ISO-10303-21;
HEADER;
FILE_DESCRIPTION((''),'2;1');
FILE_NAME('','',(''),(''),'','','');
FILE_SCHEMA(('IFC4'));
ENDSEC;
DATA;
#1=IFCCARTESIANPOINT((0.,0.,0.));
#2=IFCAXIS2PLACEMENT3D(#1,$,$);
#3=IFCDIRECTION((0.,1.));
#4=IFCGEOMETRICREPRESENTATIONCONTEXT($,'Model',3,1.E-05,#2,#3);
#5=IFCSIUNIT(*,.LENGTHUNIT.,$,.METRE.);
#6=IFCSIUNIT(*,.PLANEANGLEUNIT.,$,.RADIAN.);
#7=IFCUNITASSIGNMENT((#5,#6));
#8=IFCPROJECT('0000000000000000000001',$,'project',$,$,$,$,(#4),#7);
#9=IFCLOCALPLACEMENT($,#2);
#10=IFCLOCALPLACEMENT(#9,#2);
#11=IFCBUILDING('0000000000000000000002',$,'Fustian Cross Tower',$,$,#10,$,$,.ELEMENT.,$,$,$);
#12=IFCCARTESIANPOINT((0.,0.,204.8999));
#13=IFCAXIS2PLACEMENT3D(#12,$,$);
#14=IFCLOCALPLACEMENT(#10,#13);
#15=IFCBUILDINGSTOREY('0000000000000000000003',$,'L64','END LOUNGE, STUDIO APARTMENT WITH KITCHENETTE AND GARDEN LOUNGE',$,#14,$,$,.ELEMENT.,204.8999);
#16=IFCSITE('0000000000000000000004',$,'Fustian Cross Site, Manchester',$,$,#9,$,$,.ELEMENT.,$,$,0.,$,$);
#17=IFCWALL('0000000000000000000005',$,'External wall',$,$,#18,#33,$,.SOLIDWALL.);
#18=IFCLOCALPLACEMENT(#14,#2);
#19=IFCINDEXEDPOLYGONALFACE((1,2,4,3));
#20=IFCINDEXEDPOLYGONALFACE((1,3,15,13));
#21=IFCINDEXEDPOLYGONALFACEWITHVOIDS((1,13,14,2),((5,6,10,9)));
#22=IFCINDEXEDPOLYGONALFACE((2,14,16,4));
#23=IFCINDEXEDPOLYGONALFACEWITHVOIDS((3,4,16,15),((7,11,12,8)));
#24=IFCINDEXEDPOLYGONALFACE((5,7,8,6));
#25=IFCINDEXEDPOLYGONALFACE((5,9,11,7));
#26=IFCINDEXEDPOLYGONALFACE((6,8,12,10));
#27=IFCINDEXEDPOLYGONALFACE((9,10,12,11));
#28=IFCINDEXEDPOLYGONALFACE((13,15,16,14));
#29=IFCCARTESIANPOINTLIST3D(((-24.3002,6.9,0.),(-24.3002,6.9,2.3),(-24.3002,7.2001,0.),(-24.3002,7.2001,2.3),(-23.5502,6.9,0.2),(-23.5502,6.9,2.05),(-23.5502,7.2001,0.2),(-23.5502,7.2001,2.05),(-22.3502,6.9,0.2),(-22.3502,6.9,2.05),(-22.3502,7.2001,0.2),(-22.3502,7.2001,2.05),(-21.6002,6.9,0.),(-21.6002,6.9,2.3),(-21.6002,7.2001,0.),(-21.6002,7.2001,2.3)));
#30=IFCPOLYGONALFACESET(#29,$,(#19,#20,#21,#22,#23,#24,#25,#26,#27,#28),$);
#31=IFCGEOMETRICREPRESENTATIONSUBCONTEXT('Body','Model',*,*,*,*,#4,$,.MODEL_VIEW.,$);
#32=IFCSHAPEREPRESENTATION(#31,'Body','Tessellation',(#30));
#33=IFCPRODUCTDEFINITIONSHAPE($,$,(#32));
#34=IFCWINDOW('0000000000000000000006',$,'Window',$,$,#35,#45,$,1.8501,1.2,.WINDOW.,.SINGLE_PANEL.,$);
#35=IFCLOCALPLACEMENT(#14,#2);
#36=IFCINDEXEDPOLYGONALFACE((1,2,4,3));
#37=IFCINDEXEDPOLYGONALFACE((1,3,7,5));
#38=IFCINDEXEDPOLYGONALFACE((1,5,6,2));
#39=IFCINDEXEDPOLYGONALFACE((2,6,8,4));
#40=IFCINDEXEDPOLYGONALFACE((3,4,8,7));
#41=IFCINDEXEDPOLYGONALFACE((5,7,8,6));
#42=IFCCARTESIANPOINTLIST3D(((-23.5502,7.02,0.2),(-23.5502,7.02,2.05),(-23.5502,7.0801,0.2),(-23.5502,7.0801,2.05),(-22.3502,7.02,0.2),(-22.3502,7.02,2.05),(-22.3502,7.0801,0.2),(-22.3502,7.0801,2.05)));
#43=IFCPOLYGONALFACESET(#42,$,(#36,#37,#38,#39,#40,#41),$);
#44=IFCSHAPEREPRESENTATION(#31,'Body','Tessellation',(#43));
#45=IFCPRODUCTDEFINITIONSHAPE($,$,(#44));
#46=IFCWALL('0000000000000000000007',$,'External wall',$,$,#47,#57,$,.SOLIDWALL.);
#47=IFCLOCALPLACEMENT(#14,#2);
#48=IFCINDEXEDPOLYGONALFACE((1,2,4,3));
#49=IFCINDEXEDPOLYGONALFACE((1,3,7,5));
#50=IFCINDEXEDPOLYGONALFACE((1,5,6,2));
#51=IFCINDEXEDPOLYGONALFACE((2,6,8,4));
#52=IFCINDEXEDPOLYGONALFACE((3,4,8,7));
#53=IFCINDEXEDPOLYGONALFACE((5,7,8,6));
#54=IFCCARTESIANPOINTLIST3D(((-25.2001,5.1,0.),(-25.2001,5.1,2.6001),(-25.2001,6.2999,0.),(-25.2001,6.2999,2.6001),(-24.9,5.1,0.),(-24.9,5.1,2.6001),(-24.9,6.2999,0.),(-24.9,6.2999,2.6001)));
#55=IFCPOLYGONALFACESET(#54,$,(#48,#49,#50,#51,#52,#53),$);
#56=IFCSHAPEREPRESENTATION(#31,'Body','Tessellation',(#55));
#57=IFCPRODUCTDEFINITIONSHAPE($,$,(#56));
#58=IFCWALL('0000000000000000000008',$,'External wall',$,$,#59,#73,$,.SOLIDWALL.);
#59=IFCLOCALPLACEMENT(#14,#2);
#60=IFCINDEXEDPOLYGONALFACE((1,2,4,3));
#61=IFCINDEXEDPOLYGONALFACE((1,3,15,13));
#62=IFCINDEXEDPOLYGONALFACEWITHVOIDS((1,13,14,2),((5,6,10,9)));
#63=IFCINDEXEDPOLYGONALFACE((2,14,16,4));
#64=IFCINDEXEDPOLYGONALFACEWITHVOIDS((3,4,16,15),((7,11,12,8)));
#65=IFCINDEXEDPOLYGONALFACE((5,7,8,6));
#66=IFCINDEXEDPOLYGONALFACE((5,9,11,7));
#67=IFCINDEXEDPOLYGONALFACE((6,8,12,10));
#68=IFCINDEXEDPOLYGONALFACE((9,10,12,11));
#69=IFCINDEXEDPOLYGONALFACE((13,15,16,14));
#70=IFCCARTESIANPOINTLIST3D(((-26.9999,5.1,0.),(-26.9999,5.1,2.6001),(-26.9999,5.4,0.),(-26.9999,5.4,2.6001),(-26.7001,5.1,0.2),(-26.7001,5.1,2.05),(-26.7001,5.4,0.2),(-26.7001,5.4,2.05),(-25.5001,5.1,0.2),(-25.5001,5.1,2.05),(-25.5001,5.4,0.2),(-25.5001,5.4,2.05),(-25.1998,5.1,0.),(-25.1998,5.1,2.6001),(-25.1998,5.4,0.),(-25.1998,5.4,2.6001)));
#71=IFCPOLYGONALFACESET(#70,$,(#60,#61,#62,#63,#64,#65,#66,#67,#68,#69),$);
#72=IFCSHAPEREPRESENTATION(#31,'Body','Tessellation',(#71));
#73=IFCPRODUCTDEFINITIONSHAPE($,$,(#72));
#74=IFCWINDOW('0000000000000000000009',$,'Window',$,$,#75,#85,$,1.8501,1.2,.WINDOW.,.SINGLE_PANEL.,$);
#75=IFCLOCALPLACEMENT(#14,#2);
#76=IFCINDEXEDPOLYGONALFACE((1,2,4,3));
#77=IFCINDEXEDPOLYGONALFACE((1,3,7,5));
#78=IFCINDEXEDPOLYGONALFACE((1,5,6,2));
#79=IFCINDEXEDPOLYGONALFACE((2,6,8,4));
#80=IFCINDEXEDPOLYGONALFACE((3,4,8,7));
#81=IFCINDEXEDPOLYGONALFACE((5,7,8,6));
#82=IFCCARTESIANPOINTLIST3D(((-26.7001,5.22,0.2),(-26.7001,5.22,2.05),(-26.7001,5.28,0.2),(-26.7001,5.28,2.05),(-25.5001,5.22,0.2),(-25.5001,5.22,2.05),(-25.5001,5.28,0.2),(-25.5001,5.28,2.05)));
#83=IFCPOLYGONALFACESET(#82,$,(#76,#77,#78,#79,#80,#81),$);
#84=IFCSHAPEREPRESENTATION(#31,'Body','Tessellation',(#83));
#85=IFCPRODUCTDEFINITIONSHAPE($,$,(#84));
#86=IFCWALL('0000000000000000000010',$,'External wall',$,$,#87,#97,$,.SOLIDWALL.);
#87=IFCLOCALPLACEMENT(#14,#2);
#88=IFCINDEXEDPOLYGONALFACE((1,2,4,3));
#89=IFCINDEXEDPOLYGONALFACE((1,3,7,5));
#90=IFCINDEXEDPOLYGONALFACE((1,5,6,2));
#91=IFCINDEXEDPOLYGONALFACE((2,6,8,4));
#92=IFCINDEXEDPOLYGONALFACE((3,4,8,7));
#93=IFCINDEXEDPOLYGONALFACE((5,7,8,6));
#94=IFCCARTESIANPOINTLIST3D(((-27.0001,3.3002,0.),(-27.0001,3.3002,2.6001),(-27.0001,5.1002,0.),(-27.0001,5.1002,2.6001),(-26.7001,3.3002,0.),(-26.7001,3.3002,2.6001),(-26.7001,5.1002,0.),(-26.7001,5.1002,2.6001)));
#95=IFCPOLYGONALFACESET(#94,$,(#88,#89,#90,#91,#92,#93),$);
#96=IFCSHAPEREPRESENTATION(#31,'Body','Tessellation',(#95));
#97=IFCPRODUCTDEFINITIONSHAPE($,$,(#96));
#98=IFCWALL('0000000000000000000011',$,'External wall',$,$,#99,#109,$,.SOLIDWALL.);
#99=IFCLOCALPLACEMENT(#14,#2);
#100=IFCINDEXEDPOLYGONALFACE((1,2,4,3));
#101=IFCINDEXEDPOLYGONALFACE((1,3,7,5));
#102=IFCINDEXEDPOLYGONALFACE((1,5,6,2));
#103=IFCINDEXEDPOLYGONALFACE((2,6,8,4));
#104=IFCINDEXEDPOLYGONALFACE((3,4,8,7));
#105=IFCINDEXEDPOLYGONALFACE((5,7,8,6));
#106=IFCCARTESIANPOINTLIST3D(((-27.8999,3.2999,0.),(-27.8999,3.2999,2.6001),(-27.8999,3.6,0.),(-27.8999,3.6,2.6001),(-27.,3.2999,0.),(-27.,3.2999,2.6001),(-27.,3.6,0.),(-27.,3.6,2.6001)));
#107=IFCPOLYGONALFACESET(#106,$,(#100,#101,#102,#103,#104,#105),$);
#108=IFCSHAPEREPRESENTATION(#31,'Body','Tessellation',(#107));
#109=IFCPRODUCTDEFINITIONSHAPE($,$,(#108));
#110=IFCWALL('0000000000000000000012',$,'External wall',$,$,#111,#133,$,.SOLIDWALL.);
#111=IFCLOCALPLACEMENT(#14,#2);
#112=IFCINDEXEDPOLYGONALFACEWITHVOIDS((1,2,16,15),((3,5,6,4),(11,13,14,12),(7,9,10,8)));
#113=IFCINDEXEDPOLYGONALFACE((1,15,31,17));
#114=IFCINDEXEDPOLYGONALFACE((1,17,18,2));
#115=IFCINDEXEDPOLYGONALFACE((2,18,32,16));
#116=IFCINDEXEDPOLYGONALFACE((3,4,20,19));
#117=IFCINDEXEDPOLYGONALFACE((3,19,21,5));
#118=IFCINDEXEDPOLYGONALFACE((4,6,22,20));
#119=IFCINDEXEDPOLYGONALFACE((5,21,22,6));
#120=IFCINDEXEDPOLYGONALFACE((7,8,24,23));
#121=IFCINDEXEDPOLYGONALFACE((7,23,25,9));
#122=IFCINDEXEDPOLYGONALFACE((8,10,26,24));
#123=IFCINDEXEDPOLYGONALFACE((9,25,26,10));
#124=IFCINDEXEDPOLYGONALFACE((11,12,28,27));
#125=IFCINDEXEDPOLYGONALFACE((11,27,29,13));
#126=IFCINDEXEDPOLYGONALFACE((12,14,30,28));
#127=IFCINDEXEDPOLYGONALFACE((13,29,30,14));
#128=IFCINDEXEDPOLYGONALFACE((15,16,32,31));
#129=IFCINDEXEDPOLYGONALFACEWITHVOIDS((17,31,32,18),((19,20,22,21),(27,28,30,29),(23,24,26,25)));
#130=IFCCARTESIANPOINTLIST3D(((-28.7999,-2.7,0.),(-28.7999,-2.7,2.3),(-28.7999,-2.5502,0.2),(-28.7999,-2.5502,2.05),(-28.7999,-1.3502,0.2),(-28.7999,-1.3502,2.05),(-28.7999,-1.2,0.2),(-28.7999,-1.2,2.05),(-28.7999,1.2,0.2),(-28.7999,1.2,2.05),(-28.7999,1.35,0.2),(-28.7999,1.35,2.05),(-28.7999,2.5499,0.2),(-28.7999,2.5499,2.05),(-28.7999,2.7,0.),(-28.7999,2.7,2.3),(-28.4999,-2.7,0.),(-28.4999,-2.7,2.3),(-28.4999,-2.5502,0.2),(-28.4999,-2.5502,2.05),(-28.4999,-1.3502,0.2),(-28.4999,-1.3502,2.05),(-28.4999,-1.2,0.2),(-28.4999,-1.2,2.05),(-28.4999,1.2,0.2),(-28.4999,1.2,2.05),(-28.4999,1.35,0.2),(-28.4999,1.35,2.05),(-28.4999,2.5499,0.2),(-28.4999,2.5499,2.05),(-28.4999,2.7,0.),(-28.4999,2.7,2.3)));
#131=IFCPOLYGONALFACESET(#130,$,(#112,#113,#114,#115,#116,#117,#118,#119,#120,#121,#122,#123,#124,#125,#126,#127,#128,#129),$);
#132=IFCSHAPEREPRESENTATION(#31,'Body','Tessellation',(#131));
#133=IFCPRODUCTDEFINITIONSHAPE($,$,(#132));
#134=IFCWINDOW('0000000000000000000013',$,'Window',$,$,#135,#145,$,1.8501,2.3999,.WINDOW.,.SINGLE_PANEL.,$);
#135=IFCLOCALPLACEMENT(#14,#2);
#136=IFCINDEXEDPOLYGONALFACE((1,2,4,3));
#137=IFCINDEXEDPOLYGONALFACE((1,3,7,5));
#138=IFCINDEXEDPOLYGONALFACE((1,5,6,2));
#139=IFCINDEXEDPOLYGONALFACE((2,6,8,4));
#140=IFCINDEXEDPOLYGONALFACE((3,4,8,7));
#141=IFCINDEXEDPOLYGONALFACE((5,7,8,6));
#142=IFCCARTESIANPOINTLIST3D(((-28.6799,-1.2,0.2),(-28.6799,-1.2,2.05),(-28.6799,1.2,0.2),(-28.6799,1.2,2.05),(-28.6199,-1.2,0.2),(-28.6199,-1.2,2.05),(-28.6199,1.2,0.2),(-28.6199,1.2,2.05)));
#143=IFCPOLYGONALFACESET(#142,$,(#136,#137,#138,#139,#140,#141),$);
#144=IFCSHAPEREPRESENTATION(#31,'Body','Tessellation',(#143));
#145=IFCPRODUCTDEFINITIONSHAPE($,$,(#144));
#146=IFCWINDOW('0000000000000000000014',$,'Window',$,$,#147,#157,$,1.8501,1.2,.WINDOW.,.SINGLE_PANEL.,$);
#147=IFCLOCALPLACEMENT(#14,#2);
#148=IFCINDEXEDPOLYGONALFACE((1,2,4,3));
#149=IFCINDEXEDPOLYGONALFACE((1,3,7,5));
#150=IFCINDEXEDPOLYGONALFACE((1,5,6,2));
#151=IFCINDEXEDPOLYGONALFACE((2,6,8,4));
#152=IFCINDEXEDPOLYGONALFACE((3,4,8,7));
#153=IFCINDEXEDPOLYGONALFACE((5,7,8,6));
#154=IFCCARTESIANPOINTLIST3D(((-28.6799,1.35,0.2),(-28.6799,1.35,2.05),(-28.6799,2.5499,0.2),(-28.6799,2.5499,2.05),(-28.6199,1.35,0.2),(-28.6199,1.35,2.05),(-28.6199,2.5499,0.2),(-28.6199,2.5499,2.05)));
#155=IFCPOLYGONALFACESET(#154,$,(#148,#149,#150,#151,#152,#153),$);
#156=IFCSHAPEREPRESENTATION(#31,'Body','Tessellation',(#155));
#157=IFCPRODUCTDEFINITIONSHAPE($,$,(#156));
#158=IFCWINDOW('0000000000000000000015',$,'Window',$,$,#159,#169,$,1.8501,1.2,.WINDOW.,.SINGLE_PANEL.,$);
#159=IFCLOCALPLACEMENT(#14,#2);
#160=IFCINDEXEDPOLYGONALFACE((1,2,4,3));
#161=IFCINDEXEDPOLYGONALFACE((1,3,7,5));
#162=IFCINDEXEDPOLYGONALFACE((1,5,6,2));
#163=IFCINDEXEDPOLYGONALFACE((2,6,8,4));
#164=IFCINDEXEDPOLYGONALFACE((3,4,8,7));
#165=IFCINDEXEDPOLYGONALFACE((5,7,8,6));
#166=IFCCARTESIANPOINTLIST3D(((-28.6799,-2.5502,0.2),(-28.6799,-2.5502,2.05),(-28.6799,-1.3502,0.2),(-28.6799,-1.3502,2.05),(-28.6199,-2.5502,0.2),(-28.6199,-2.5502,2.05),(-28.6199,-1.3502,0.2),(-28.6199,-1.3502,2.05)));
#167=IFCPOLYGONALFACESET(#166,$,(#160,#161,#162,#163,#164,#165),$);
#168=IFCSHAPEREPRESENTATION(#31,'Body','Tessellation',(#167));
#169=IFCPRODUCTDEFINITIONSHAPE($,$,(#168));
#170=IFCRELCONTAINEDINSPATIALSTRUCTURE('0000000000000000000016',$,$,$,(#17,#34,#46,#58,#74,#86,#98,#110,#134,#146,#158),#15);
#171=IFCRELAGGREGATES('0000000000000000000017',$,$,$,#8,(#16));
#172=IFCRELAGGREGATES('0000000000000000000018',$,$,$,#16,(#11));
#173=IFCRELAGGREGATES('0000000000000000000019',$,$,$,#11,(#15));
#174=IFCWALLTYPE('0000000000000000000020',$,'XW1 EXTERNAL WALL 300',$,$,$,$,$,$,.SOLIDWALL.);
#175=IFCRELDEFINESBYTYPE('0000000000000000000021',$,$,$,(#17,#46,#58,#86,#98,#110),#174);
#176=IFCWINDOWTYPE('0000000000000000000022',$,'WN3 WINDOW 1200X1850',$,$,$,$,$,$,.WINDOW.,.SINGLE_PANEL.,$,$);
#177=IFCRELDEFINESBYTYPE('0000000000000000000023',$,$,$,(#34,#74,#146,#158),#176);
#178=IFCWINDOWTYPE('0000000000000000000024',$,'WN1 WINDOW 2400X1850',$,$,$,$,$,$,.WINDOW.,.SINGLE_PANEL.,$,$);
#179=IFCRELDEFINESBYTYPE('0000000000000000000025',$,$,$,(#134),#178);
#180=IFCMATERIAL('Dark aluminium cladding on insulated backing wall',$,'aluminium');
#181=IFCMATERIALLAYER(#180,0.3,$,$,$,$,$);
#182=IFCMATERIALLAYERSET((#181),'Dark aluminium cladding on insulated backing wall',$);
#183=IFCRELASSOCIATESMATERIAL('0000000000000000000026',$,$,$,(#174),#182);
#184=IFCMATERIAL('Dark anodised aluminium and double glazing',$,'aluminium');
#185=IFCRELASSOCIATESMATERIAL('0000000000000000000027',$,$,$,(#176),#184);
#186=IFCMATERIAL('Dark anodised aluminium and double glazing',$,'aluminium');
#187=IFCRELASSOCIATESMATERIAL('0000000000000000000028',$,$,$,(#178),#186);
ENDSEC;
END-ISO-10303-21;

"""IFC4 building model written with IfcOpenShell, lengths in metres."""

from ifc_helpers import new_model, si_unit, direction, frame, frame_2d, origin, place, context, subcontext, project, spatial, rectangle, extrude, material, layer, layer_set, type_object, element, fill, save


model = new_model("IFC4")

# Units and contexts
model_context = context("Model", 3, precision=1e-05, world=origin(), true_north=direction((0.0, 1.0)))
body_context = subcontext(model_context, "Body", "Model", "MODEL_VIEW")
ifc_project = project(units=[si_unit("LENGTHUNIT", "METRE"), si_unit("PLANEANGLEUNIT", "RADIAN")], contexts=[model_context])

# Site, building, storey
site_placement = place(None, origin())
site = spatial("IfcSite", under=ifc_project, at=site_placement, Name="Fustian Cross Site, Manchester", CompositionType="ELEMENT", RefElevation=0.0)
building_placement = place(site_placement, origin())
building = spatial("IfcBuilding", under=site, at=building_placement, Name="Fustian Cross Tower", CompositionType="ELEMENT")
storey_placement = place(building_placement, frame((0.0, 0.0, 204.8999)))
storey = spatial("IfcBuildingStorey", under=building, at=storey_placement, Name="L64", Description="END LOUNGE, STUDIO APARTMENT WITH KITCHENETTE AND GARDEN LOUNGE", CompositionType="ELEMENT", Elevation=204.8999)

# Wall, opening, window
ifc_material_1 = material(Name="Dark aluminium cladding on insulated backing wall", Category="aluminium")
ifc_layer_1 = layer(ifc_material_1, 0.3)
ifc_layer_set_1 = layer_set([ifc_layer_1], Name="Dark aluminium cladding on insulated backing wall")
wall_type_1 = type_object("IfcWallType", Name="XW1 EXTERNAL WALL 300", PredefinedType="SOLIDWALL", material=ifc_layer_set_1)
wall_1_placement = place(storey_placement, frame((-21.6001, 7.05, 0.0), z_axis=(0.0, 0.0, 1.0), x_axis=(-1.0, 0.0, 0.0)))
wall_1 = element("IfcWall", 1, at=wall_1_placement, inside=storey, type_object=wall_type_1, Name="External wall", PredefinedType="SOLIDWALL", context=body_context, shape_type="SweptSolid", body=[
    extrude(rectangle(XDim=2.7, YDim=0.3, at=frame_2d((1.3501, 0.0))), origin(), (0.0, 0.0, 1.0), 2.3),
])
opening_1_placement = place(wall_1_placement, frame((0.75, 0.0, 0.2)))
opening_1 = element("IfcOpeningElement", 2, at=opening_1_placement, cuts=wall_1, PredefinedType="OPENING", context=body_context, shape_type="SweptSolid", body=[
    extrude(rectangle(XDim=1.2, YDim=1.8501, at=frame_2d((0.6001, 0.925))), frame((0.0, 0.1599, 0.0), z_axis=(0.0, -1.0, 0.0), x_axis=(1.0, 0.0, 0.0)), (0.0, 0.0, 1.0), 0.3201),
])
ifc_material_2 = material(Name="Dark anodised aluminium and double glazing", Category="aluminium")
window_type_1 = type_object("IfcWindowType", Name="WN3 WINDOW 1200X1850", PartitioningType="SINGLE_PANEL", PredefinedType="WINDOW", material=ifc_material_2)
window_1_placement = place(opening_1_placement, origin())
window_1 = element("IfcWindow", 3, at=window_1_placement, inside=storey, type_object=window_type_1, Name="Window", OverallHeight=1.8501, OverallWidth=1.2, PartitioningType="SINGLE_PANEL", PredefinedType="WINDOW", context=body_context, shape_type="SweptSolid", body=[
    extrude(rectangle(XDim=1.2, YDim=1.8501, at=frame_2d((0.6001, 0.925))), frame((0.0, 0.03, 0.0), z_axis=(0.0, -1.0, 0.0), x_axis=(1.0, 0.0, 0.0)), (0.0, 0.0, 1.0), 0.0601),
])
fill(opening_1, window_1)

# Wall
wall_2_placement = place(storey_placement, frame((-25.05, 6.3, 0.0), z_axis=(0.0, 0.0, 1.0), x_axis=(0.0, -1.0, 0.0)))
element("IfcWall", 4, at=wall_2_placement, inside=storey, type_object=wall_type_1, Name="External wall", PredefinedType="SOLIDWALL", context=body_context, shape_type="SweptSolid", body=[
    extrude(rectangle(XDim=1.2, YDim=0.3, at=frame_2d((0.6001, 0.0))), origin(), (0.0, 0.0, 1.0), 2.6001),
])

# Wall, opening, window
wall_3_placement = place(storey_placement, frame((-25.2, 5.25, 0.0), z_axis=(0.0, 0.0, 1.0), x_axis=(-1.0, 0.0, 0.0)))
wall_3 = element("IfcWall", 5, at=wall_3_placement, inside=storey, type_object=wall_type_1, Name="External wall", PredefinedType="SOLIDWALL", context=body_context, shape_type="SweptSolid", body=[
    extrude(rectangle(XDim=1.8, YDim=0.3, at=frame_2d((0.8999, 0.0))), origin(), (0.0, 0.0, 1.0), 2.6001),
])
opening_2_placement = place(wall_3_placement, frame((0.3, 0.0, 0.2)))
opening_2 = element("IfcOpeningElement", 6, at=opening_2_placement, cuts=wall_3, PredefinedType="OPENING", context=body_context, shape_type="SweptSolid", body=[
    extrude(rectangle(XDim=1.2, YDim=1.8501, at=frame_2d((0.6001, 0.925))), frame((0.0, 0.1599, 0.0), z_axis=(0.0, -1.0, 0.0), x_axis=(1.0, 0.0, 0.0)), (0.0, 0.0, 1.0), 0.3201),
])
window_2_placement = place(opening_2_placement, origin())
window_2 = element("IfcWindow", 7, at=window_2_placement, inside=storey, type_object=window_type_1, Name="Window", OverallHeight=1.8501, OverallWidth=1.2, PartitioningType="SINGLE_PANEL", PredefinedType="WINDOW", context=body_context, shape_type="SweptSolid", body=[
    extrude(rectangle(XDim=1.2, YDim=1.8501, at=frame_2d((0.6001, 0.925))), frame((0.0, 0.03, 0.0), z_axis=(0.0, -1.0, 0.0), x_axis=(1.0, 0.0, 0.0)), (0.0, 0.0, 1.0), 0.0601),
])
fill(opening_2, window_2)

# Walls
wall_4_placement = place(storey_placement, frame((-26.8501, 5.1001, 0.0), z_axis=(0.0, 0.0, 1.0), x_axis=(0.0, -1.0, 0.0)))
element("IfcWall", 8, at=wall_4_placement, inside=storey, type_object=wall_type_1, Name="External wall", PredefinedType="SOLIDWALL", context=body_context, shape_type="SweptSolid", body=[
    extrude(rectangle(XDim=1.8, YDim=0.3, at=frame_2d((0.8999, 0.0))), origin(), (0.0, 0.0, 1.0), 2.6001),
])
wall_5_placement = place(storey_placement, frame((-27.0, 3.45, 0.0), z_axis=(0.0, 0.0, 1.0), x_axis=(-1.0, 0.0, 0.0)))
element("IfcWall", 9, at=wall_5_placement, inside=storey, type_object=wall_type_1, Name="External wall", PredefinedType="SOLIDWALL", context=body_context, shape_type="SweptSolid", body=[
    extrude(rectangle(XDim=0.8999, YDim=0.3, at=frame_2d((0.45, 0.0))), origin(), (0.0, 0.0, 1.0), 2.6001),
])

# Wall, openings, windows
wall_6_placement = place(storey_placement, frame((-28.6499, 2.7, 0.0), z_axis=(0.0, 0.0, 1.0), x_axis=(0.0, -1.0, 0.0)))
wall_6 = element("IfcWall", 10, at=wall_6_placement, inside=storey, type_object=wall_type_1, Name="External wall", PredefinedType="SOLIDWALL", context=body_context, shape_type="SweptSolid", body=[
    extrude(rectangle(XDim=5.3999, YDim=0.3, at=frame_2d((2.7, 0.0))), origin(), (0.0, 0.0, 1.0), 2.3),
])
opening_3_placement = place(wall_6_placement, frame((1.5, 0.0, 0.2)))
opening_3 = element("IfcOpeningElement", 11, at=opening_3_placement, cuts=wall_6, PredefinedType="OPENING", context=body_context, shape_type="SweptSolid", body=[
    extrude(rectangle(XDim=2.3999, YDim=1.8501, at=frame_2d((1.2, 0.925))), frame((0.0, 0.1599, 0.0), z_axis=(0.0, -1.0, 0.0), x_axis=(1.0, 0.0, 0.0)), (0.0, 0.0, 1.0), 0.3201),
])
opening_4_placement = place(wall_6_placement, frame((0.1499, 0.0, 0.2)))
opening_4 = element("IfcOpeningElement", 12, at=opening_4_placement, cuts=wall_6, PredefinedType="OPENING", context=body_context, shape_type="SweptSolid", body=[
    extrude(rectangle(XDim=1.2, YDim=1.8501, at=frame_2d((0.6001, 0.925))), frame((0.0, 0.1599, 0.0), z_axis=(0.0, -1.0, 0.0), x_axis=(1.0, 0.0, 0.0)), (0.0, 0.0, 1.0), 0.3201),
])
opening_5_placement = place(wall_6_placement, frame((4.05, 0.0, 0.2)))
opening_5 = element("IfcOpeningElement", 13, at=opening_5_placement, cuts=wall_6, PredefinedType="OPENING", context=body_context, shape_type="SweptSolid", body=[
    extrude(rectangle(XDim=1.2, YDim=1.8501, at=frame_2d((0.6001, 0.925))), frame((0.0, 0.1599, 0.0), z_axis=(0.0, -1.0, 0.0), x_axis=(1.0, 0.0, 0.0)), (0.0, 0.0, 1.0), 0.3201),
])
ifc_material_3 = material(Name="Dark anodised aluminium and double glazing", Category="aluminium")
window_type_2 = type_object("IfcWindowType", Name="WN1 WINDOW 2400X1850", PartitioningType="SINGLE_PANEL", PredefinedType="WINDOW", material=ifc_material_3)
window_3_placement = place(opening_3_placement, origin())
window_3 = element("IfcWindow", 14, at=window_3_placement, inside=storey, type_object=window_type_2, Name="Window", OverallHeight=1.8501, OverallWidth=2.3999, PartitioningType="SINGLE_PANEL", PredefinedType="WINDOW", context=body_context, shape_type="SweptSolid", body=[
    extrude(rectangle(XDim=2.3999, YDim=1.8501, at=frame_2d((1.2, 0.925))), frame((0.0, 0.03, 0.0), z_axis=(0.0, -1.0, 0.0), x_axis=(1.0, 0.0, 0.0)), (0.0, 0.0, 1.0), 0.0601),
])
fill(opening_3, window_3)
window_4_placement = place(opening_4_placement, origin())
window_4 = element("IfcWindow", 15, at=window_4_placement, inside=storey, type_object=window_type_1, Name="Window", OverallHeight=1.8501, OverallWidth=1.2, PartitioningType="SINGLE_PANEL", PredefinedType="WINDOW", context=body_context, shape_type="SweptSolid", body=[
    extrude(rectangle(XDim=1.2, YDim=1.8501, at=frame_2d((0.6001, 0.925))), frame((0.0, 0.03, 0.0), z_axis=(0.0, -1.0, 0.0), x_axis=(1.0, 0.0, 0.0)), (0.0, 0.0, 1.0), 0.0601),
])
fill(opening_4, window_4)
window_5_placement = place(opening_5_placement, origin())
window_5 = element("IfcWindow", 16, at=window_5_placement, inside=storey, type_object=window_type_1, Name="Window", OverallHeight=1.8501, OverallWidth=1.2, PartitioningType="SINGLE_PANEL", PredefinedType="WINDOW", context=body_context, shape_type="SweptSolid", body=[
    extrude(rectangle(XDim=1.2, YDim=1.8501, at=frame_2d((0.6001, 0.925))), frame((0.0, 0.03, 0.0), z_axis=(0.0, -1.0, 0.0), x_axis=(1.0, 0.0, 0.0)), (0.0, 0.0, 1.0), 0.0601),
])
fill(opening_5, window_5)

save(model, "model.ifc")
